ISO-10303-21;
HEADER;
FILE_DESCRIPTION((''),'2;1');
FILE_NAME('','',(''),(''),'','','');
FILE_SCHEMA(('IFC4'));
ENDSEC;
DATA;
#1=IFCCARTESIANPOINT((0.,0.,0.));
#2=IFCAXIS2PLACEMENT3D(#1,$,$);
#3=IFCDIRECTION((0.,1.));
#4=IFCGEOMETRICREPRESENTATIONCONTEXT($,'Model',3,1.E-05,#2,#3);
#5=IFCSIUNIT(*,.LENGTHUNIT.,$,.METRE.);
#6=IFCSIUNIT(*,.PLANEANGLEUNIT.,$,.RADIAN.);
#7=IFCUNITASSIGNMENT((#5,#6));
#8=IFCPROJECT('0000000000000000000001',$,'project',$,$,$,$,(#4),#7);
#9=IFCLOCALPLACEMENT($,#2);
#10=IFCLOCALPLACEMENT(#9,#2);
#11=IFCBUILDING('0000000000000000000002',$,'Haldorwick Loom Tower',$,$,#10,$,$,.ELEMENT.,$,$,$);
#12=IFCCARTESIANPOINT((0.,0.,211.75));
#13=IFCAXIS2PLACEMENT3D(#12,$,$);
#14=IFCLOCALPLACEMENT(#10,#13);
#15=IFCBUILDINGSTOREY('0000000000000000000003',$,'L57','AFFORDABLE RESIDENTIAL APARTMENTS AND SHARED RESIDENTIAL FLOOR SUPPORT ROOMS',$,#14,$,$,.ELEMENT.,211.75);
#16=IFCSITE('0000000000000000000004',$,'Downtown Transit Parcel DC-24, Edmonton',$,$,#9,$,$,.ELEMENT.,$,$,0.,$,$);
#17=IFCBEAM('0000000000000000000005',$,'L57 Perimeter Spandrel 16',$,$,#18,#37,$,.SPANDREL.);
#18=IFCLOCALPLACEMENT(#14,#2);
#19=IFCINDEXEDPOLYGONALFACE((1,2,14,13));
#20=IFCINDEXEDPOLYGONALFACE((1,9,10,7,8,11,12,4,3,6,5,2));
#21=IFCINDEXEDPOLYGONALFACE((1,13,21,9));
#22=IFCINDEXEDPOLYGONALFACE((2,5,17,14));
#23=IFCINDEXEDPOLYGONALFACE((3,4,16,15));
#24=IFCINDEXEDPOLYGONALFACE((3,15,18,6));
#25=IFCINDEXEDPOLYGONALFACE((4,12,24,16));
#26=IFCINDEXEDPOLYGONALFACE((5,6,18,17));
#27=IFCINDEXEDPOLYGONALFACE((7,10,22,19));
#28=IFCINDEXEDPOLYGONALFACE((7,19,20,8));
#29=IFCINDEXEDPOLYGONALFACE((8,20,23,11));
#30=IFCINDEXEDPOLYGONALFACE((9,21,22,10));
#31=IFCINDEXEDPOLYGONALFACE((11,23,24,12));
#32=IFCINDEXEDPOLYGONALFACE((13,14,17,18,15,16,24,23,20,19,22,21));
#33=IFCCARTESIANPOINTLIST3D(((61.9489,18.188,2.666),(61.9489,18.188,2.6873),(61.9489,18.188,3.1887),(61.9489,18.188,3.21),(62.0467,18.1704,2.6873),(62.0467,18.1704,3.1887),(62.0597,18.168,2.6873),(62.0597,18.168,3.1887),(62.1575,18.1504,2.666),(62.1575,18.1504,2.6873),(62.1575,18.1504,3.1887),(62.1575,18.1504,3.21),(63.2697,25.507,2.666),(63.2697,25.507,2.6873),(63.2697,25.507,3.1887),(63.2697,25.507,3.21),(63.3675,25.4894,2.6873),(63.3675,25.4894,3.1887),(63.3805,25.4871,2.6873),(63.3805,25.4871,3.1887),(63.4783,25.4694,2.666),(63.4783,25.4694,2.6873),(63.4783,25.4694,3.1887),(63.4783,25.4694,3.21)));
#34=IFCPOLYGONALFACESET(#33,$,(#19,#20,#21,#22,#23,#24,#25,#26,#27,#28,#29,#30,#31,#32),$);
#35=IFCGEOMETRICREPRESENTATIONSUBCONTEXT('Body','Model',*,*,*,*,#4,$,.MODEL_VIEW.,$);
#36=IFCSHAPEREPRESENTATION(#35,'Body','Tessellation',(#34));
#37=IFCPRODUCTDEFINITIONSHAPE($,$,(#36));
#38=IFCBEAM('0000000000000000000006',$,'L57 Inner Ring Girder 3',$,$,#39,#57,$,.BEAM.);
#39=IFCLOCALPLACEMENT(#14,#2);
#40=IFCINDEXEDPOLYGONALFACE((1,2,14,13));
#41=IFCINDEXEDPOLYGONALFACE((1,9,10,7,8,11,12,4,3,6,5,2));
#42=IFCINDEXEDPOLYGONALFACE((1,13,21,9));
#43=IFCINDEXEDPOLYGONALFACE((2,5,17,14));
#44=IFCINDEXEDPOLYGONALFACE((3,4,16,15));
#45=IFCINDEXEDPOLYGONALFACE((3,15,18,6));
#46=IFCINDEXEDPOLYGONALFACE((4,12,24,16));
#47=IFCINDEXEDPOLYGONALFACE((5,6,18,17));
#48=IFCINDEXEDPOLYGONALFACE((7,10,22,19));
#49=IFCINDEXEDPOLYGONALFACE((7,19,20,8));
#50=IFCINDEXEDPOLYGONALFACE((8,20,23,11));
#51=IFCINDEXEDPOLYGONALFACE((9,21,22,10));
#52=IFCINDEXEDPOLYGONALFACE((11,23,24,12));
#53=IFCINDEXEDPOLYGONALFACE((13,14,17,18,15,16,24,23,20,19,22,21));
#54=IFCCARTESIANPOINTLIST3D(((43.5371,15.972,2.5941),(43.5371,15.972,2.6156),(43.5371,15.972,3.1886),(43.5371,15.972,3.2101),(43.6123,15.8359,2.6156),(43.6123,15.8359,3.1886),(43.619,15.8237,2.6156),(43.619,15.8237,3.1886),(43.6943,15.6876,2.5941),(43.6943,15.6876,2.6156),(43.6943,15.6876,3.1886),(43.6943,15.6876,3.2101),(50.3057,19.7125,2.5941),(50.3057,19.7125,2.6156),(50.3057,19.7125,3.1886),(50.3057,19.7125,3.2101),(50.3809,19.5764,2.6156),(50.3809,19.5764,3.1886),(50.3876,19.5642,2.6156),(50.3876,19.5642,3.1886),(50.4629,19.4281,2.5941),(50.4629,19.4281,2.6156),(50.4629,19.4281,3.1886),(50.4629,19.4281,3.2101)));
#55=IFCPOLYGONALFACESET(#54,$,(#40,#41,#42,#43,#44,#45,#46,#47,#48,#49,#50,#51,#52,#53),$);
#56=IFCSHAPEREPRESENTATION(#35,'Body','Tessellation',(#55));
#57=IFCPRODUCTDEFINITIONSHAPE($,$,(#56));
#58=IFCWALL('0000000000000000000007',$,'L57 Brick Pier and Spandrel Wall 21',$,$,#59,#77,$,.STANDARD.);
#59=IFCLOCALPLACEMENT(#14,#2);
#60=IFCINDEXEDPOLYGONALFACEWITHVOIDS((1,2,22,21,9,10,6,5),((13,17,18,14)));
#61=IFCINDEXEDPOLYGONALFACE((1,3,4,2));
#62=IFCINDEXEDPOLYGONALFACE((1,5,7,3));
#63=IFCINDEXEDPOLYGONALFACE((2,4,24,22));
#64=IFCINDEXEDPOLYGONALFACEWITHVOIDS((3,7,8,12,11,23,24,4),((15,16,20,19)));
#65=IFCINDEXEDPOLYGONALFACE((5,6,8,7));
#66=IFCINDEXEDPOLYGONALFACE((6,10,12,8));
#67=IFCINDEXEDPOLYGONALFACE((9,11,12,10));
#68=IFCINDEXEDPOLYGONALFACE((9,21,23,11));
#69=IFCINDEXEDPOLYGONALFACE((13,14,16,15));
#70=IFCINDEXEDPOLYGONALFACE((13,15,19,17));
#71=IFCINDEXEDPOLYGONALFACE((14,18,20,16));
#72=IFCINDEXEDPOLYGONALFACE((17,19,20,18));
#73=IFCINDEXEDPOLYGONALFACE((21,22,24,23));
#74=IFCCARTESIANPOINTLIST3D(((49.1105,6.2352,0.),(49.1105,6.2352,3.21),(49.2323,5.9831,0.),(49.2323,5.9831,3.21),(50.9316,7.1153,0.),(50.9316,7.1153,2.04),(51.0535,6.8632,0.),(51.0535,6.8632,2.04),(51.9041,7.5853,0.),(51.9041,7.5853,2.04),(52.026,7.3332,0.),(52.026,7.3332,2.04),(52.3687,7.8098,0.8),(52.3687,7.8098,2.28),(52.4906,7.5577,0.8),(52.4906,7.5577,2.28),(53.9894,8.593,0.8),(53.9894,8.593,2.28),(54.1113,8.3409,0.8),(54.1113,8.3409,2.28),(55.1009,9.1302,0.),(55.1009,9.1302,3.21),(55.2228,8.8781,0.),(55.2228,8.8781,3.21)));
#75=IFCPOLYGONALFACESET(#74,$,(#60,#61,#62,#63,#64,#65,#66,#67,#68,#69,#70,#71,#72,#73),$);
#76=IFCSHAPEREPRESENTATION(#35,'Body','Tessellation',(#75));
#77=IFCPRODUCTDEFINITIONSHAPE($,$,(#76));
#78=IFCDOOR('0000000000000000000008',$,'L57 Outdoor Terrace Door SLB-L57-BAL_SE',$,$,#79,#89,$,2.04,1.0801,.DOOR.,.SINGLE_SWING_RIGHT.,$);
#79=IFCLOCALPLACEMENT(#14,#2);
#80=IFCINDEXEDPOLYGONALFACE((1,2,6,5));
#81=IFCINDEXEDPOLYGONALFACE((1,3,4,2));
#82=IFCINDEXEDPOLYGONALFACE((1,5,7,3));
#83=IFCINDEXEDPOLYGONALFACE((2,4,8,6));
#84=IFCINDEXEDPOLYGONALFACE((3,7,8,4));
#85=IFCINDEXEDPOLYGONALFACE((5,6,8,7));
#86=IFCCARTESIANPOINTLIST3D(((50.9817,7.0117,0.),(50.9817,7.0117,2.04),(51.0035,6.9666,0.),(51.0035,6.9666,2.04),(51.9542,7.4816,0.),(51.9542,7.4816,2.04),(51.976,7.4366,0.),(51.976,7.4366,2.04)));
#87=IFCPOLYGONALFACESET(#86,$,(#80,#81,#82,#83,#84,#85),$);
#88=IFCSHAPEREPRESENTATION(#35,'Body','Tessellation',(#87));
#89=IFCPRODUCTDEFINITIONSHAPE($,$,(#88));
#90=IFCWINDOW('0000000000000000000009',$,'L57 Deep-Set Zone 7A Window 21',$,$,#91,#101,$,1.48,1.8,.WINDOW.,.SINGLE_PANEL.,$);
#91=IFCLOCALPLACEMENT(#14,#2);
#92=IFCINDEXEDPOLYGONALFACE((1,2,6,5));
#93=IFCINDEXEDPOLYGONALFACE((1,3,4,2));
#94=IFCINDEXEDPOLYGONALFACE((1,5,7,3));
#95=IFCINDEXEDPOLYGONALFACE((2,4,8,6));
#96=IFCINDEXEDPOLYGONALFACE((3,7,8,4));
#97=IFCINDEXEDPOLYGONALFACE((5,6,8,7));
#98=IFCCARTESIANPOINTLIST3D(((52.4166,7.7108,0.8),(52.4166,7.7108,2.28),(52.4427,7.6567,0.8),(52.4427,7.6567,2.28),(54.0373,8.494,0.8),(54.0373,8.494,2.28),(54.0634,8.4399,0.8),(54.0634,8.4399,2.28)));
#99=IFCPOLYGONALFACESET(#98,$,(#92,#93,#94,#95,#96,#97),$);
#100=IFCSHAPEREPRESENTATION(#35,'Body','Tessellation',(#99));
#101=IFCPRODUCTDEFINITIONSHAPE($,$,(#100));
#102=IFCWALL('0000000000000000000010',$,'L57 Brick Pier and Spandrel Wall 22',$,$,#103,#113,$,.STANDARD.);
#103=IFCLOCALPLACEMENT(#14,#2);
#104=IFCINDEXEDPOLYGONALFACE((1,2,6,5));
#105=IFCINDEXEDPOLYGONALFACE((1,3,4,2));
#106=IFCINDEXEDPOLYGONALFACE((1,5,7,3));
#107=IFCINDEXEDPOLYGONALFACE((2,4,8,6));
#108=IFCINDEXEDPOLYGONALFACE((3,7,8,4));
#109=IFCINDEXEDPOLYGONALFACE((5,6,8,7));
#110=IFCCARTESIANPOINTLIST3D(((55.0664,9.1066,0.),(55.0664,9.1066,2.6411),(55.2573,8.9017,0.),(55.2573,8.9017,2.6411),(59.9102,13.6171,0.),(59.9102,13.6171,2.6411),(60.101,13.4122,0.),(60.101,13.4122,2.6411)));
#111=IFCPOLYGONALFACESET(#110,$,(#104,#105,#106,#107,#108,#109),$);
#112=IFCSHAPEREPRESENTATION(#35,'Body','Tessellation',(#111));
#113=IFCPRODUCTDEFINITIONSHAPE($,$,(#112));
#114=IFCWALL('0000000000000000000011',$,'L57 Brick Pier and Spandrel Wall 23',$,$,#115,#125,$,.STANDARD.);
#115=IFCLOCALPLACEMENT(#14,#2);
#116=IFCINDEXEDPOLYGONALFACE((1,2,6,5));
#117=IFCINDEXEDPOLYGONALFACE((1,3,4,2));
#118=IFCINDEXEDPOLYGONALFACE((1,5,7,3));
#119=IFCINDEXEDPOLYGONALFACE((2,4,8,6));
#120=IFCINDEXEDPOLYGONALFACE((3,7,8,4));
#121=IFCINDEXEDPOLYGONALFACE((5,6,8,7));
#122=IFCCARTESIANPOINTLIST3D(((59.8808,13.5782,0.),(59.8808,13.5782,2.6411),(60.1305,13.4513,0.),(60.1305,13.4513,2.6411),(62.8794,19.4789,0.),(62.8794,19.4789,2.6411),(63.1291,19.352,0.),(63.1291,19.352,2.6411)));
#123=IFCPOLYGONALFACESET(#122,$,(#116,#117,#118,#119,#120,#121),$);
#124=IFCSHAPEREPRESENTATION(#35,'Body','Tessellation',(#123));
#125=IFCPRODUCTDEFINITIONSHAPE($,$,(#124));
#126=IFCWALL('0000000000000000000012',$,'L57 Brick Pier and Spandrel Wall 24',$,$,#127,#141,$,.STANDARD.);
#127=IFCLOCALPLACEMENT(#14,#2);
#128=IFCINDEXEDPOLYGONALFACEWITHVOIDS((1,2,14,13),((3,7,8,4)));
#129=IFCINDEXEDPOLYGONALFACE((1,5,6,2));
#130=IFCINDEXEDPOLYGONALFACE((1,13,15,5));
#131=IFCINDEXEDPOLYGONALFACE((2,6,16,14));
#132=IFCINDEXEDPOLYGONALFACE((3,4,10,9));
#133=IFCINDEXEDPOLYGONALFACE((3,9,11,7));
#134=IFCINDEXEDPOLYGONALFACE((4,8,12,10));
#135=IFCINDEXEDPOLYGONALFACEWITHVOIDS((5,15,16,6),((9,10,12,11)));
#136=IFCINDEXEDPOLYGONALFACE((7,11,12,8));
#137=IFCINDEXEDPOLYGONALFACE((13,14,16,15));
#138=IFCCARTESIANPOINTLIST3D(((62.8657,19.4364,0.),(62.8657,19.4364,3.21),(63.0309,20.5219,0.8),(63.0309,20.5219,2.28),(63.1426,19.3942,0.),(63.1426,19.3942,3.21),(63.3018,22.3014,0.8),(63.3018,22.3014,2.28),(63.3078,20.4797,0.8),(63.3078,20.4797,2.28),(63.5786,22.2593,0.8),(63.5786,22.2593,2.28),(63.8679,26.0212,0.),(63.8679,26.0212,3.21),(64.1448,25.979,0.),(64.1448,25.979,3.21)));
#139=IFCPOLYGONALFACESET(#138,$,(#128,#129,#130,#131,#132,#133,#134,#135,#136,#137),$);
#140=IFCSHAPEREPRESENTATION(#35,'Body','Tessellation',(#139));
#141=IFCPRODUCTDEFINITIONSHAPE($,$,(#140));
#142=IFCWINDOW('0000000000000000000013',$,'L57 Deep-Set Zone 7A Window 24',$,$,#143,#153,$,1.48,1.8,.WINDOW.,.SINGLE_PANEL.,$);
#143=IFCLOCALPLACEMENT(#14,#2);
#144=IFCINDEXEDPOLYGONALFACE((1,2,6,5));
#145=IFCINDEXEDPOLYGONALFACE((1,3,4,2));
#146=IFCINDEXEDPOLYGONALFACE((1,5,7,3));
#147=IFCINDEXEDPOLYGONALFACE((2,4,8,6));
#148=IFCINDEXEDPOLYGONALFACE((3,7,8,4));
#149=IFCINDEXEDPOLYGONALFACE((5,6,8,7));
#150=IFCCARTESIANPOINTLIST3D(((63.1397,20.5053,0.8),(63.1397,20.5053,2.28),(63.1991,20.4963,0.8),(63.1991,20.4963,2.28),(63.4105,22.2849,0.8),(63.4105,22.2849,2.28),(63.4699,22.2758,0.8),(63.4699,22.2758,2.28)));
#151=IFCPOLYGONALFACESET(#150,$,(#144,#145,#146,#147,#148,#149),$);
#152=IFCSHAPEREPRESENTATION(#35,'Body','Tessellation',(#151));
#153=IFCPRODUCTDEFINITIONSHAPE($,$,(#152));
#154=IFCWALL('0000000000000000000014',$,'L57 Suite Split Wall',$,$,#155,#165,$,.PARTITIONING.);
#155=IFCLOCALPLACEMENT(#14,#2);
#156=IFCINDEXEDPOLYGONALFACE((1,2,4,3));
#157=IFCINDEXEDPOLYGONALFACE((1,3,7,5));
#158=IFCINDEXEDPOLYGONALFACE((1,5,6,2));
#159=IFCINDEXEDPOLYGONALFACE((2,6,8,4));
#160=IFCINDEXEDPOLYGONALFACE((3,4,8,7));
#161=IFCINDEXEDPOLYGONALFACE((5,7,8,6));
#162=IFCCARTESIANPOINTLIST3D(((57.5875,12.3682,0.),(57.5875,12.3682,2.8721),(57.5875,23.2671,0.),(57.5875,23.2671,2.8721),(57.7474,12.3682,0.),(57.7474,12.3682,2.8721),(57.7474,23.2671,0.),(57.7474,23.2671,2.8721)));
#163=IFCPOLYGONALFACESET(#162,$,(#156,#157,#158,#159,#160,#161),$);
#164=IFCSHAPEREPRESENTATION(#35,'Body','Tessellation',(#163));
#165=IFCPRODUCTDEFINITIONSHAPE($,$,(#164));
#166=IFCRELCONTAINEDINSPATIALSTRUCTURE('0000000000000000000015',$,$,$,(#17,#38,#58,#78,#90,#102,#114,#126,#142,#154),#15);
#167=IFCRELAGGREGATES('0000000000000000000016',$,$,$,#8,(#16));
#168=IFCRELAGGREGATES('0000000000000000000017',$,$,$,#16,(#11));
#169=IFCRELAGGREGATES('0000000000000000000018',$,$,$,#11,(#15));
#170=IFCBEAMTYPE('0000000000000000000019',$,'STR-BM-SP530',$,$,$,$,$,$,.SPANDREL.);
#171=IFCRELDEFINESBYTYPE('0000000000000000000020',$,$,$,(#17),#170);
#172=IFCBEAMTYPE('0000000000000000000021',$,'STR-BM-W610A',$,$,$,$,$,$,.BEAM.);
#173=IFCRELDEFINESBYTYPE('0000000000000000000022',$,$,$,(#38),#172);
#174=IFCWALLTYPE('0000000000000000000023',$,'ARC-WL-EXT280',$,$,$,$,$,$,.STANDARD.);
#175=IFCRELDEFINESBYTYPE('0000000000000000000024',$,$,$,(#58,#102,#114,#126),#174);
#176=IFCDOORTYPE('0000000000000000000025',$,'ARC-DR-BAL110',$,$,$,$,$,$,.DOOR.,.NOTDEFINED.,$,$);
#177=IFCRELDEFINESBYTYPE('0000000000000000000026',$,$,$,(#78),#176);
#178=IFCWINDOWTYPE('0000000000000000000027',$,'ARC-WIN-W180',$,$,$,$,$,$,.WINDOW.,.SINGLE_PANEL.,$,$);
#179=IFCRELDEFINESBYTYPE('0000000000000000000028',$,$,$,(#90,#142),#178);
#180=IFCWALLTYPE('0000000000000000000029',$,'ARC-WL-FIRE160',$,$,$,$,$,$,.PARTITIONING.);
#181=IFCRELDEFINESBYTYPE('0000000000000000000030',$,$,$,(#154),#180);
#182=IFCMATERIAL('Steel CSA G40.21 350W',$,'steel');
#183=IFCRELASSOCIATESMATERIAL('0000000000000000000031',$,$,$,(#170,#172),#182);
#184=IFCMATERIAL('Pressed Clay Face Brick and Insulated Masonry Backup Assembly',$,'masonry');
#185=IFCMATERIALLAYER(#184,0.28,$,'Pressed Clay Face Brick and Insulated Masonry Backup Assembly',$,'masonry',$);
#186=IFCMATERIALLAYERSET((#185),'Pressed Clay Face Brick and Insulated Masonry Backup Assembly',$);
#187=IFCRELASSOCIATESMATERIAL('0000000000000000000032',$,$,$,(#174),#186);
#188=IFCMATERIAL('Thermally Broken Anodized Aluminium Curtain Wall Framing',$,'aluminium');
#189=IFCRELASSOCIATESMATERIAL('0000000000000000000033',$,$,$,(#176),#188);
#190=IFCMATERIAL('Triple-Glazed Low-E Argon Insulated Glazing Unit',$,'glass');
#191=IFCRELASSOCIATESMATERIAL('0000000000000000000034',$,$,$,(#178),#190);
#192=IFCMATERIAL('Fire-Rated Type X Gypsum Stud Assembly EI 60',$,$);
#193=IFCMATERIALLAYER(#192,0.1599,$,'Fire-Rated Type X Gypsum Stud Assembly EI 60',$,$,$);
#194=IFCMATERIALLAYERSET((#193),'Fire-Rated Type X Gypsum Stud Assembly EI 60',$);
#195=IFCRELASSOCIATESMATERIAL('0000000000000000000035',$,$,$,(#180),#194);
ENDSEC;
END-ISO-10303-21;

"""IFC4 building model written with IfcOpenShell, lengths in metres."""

from ifc_helpers import new_model, si_unit, direction, frame, frame_2d, origin, origin_2d, place, context, subcontext, project, spatial, rectangle, i_section, extrude, material, layer, layer_set, material_profile, profile_set, type_object, element, fill, save


model = new_model("IFC4")

# Units and contexts
model_context = context("Model", 3, precision=1e-05, world=origin(), true_north=direction((0.0, 1.0)))
body_context = subcontext(model_context, "Body", "Model", "MODEL_VIEW")
ifc_project = project(units=[si_unit("LENGTHUNIT", "METRE"), si_unit("PLANEANGLEUNIT", "RADIAN")], contexts=[model_context])

# Site, building, storey
site_placement = place(None, origin())
site = spatial("IfcSite", under=ifc_project, at=site_placement, Name="Downtown Transit Parcel DC-24, Edmonton", CompositionType="ELEMENT", RefElevation=0.0)
building_placement = place(site_placement, origin())
building = spatial("IfcBuilding", under=site, at=building_placement, Name="Haldorwick Loom Tower", CompositionType="ELEMENT")
storey_placement = place(building_placement, frame((0.0, 0.0, 211.75)))
storey = spatial("IfcBuildingStorey", under=building, at=storey_placement, Name="L57", Description="AFFORDABLE RESIDENTIAL APARTMENTS AND SHARED RESIDENTIAL FLOOR SUPPORT ROOMS", CompositionType="ELEMENT", Elevation=211.75)

# Beams
ifc_material_1 = material(Name="Steel CSA G40.21 350W", Category="steel")
ifc_material_profile_1 = material_profile(ifc_material_1, i_section(OverallWidth=0.2119, OverallDepth=0.5439, WebThickness=0.0132, FlangeThickness=0.0212, at=origin_2d()), Name="W530X123", Category="steel")
ifc_profile_set_1 = profile_set([ifc_material_profile_1], Name="Steel CSA G40.21 350W")
beam_type_1 = type_object("IfcBeamType", Name="STR-BM-SP530", PredefinedType="SPANDREL", material=ifc_profile_set_1)
beam_1_placement = place(storey_placement, frame((62.0532, 18.1692, 2.938), z_axis=(0.177591, 0.984104, 0.0), x_axis=(-0.984104, 0.177591, 0.0)))
element("IfcBeam", 1, at=beam_1_placement, inside=storey, type_object=beam_type_1, Name="L57 Perimeter Spandrel 16", PredefinedType="SPANDREL", context=body_context, shape_type="SweptSolid", body=[
    extrude(i_section(OverallWidth=0.2119, OverallDepth=0.5439, WebThickness=0.0132, FlangeThickness=0.0212, at=origin_2d()), origin(), (0.0, 0.0, 1.0), 7.4373),
])
ifc_material_profile_2 = material_profile(ifc_material_1, i_section(OverallWidth=0.325, OverallDepth=0.616, WebThickness=0.0139, FlangeThickness=0.0215, at=origin_2d()), Name="W610X174", Category="steel")
ifc_profile_set_2 = profile_set([ifc_material_profile_2], Name="Steel CSA G40.21 350W")
beam_type_2 = type_object("IfcBeamType", Name="STR-BM-W610A", PredefinedType="BEAM", material=ifc_profile_set_2)
beam_2_placement = place(storey_placement, frame((50.3843, 19.5703, 2.9021), z_axis=(-0.875244, -0.483682, 0.0), x_axis=(0.483682, -0.875244, 0.0)))
element("IfcBeam", 2, at=beam_2_placement, inside=storey, type_object=beam_type_2, Name="L57 Inner Ring Girder 3", PredefinedType="BEAM", context=body_context, shape_type="SweptSolid", body=[
    extrude(i_section(OverallWidth=0.325, OverallDepth=0.616, WebThickness=0.0139, FlangeThickness=0.0215, at=origin_2d()), origin(), (0.0, 0.0, 1.0), 7.7334),
])

# Wall, openings, door, window
ifc_material_2 = material(Name="Pressed Clay Face Brick and Insulated Masonry Backup Assembly", Category="masonry")
ifc_layer_1 = layer(ifc_material_2, 0.28, Name="Pressed Clay Face Brick and Insulated Masonry Backup Assembly", Category="masonry")
ifc_layer_set_1 = layer_set([ifc_layer_1], Name="Pressed Clay Face Brick and Insulated Masonry Backup Assembly")
wall_type_1 = type_object("IfcWallType", Name="ARC-WL-EXT280", PredefinedType="STANDARD", material=ifc_layer_set_1)
wall_1_placement = place(storey_placement, frame((49.1714, 6.1091, 0.0), z_axis=(0.0, 0.0, 1.0), x_axis=(0.900371, 0.435123, 0.0)))
wall_1 = element("IfcWall", 3, at=wall_1_placement, inside=storey, type_object=wall_type_1, Name="L57 Brick Pier and Spandrel Wall 21", PredefinedType="STANDARD", context=body_context, shape_type="SweptSolid", body=[
    extrude(rectangle(XDim=6.6533, YDim=0.28, at=frame_2d((3.3267, 0.0))), origin(), (0.0, 0.0, 1.0), 3.21),
])
opening_1_placement = place(wall_1_placement, frame((2.0227, 0.0, 0.0)))
opening_1 = element("IfcOpeningElement", 4, at=opening_1_placement, cuts=wall_1, PredefinedType="OPENING", context=body_context, shape_type="SweptSolid", body=[
    extrude(rectangle(XDim=1.0801, YDim=2.04, at=frame_2d((0.54, 1.02))), frame((0.0, 0.1499, 0.0), z_axis=(0.0, -1.0, 0.0), x_axis=(1.0, 0.0, 0.0)), (0.0, 0.0, 1.0), 0.3),
])
opening_2_placement = place(wall_1_placement, frame((3.6189, 0.0, 0.8)))
opening_2 = element("IfcOpeningElement", 5, at=opening_2_placement, cuts=wall_1, PredefinedType="OPENING", context=body_context, shape_type="SweptSolid", body=[
    extrude(rectangle(XDim=1.8, YDim=1.48, at=frame_2d((0.8999, 0.74))), frame((0.0, 0.1499, 0.0), z_axis=(0.0, -1.0, 0.0), x_axis=(1.0, 0.0, 0.0)), (0.0, 0.0, 1.0), 0.3),
])
ifc_material_3 = material(Name="Thermally Broken Anodized Aluminium Curtain Wall Framing", Category="aluminium")
door_type = type_object("IfcDoorType", Name="ARC-DR-BAL110", OperationType="NOTDEFINED", PredefinedType="DOOR", material=ifc_material_3)
door_placement = place(opening_1_placement, origin())
door = element("IfcDoor", 6, at=door_placement, inside=storey, type_object=door_type, Name="L57 Outdoor Terrace Door SLB-L57-BAL_SE", OperationType="SINGLE_SWING_RIGHT", OverallHeight=2.04, OverallWidth=1.0801, PredefinedType="DOOR", context=body_context, shape_type="SweptSolid", body=[
    extrude(rectangle(XDim=1.0801, YDim=2.04, at=frame_2d((0.54, 1.02))), frame((0.0, 0.0249, 0.0), z_axis=(0.0, -1.0, 0.0), x_axis=(1.0, 0.0, 0.0)), (0.0, 0.0, 1.0), 0.05),
])
fill(opening_1, door)
ifc_material_4 = material(Name="Triple-Glazed Low-E Argon Insulated Glazing Unit", Category="glass")
window_type = type_object("IfcWindowType", Name="ARC-WIN-W180", PartitioningType="SINGLE_PANEL", PredefinedType="WINDOW", material=ifc_material_4)
window_1_placement = place(opening_2_placement, origin())
window_1 = element("IfcWindow", 7, at=window_1_placement, inside=storey, type_object=window_type, Name="L57 Deep-Set Zone 7A Window 21", OverallHeight=1.48, OverallWidth=1.8, PartitioningType="SINGLE_PANEL", PredefinedType="WINDOW", context=body_context, shape_type="SweptSolid", body=[
    extrude(rectangle(XDim=1.8, YDim=1.48, at=frame_2d((0.8999, 0.74))), frame((0.0, 0.03, 0.0), z_axis=(0.0, -1.0, 0.0), x_axis=(1.0, 0.0, 0.0)), (0.0, 0.0, 1.0), 0.0601),
])
fill(opening_2, window_1)

# Walls
wall_2_placement = place(storey_placement, frame((55.1619, 9.0042, 0.0), z_axis=(0.0, 0.0, 1.0), x_axis=(0.731834, 0.681483, 0.0)))
element("IfcWall", 8, at=wall_2_placement, inside=storey, type_object=wall_type_1, Name="L57 Brick Pier and Spandrel Wall 22", PredefinedType="STANDARD", context=body_context, shape_type="SweptSolid", body=[
    extrude(rectangle(XDim=6.6187, YDim=0.28, at=frame_2d((3.3093, 0.0))), origin(), (0.0, 0.0, 1.0), 2.6411),
])
wall_3_placement = place(storey_placement, frame((60.0056, 13.5146, 0.0), z_axis=(0.0, 0.0, 1.0), x_axis=(0.453032, 0.891494, 0.0)))
element("IfcWall", 9, at=wall_3_placement, inside=storey, type_object=wall_type_1, Name="L57 Brick Pier and Spandrel Wall 23", PredefinedType="STANDARD", context=body_context, shape_type="SweptSolid", body=[
    extrude(rectangle(XDim=6.6189, YDim=0.28, at=frame_2d((3.3096, 0.0))), origin(), (0.0, 0.0, 1.0), 2.6411),
])

# Wall, opening, window
wall_4_placement = place(storey_placement, frame((63.0042, 19.4153, 0.0), z_axis=(0.0, 0.0, 1.0), x_axis=(0.150468, 0.988615, 0.0)))
wall_4 = element("IfcWall", 10, at=wall_4_placement, inside=storey, type_object=wall_type_1, Name="L57 Brick Pier and Spandrel Wall 24", PredefinedType="STANDARD", context=body_context, shape_type="SweptSolid", body=[
    extrude(rectangle(XDim=6.6606, YDim=0.28, at=frame_2d((3.3303, 0.0))), origin(), (0.0, 0.0, 1.0), 3.21),
])
opening_3_placement = place(wall_4_placement, frame((1.0981, 0.0, 0.8)))
opening_3 = element("IfcOpeningElement", 11, at=opening_3_placement, cuts=wall_4, PredefinedType="OPENING", context=body_context, shape_type="SweptSolid", body=[
    extrude(rectangle(XDim=1.8, YDim=1.48, at=frame_2d((0.8999, 0.74))), frame((0.0, 0.1499, 0.0), z_axis=(0.0, -1.0, 0.0), x_axis=(1.0, 0.0, 0.0)), (0.0, 0.0, 1.0), 0.3),
])
window_2_placement = place(opening_3_placement, origin())
window_2 = element("IfcWindow", 12, at=window_2_placement, inside=storey, type_object=window_type, Name="L57 Deep-Set Zone 7A Window 24", OverallHeight=1.48, OverallWidth=1.8, PartitioningType="SINGLE_PANEL", PredefinedType="WINDOW", context=body_context, shape_type="SweptSolid", body=[
    extrude(rectangle(XDim=1.8, YDim=1.48, at=frame_2d((0.8999, 0.74))), frame((0.0, 0.03, 0.0), z_axis=(0.0, -1.0, 0.0), x_axis=(1.0, 0.0, 0.0)), (0.0, 0.0, 1.0), 0.0601),
])
fill(opening_3, window_2)

# Wall
ifc_material_5 = material(Name="Fire-Rated Type X Gypsum Stud Assembly EI 60")
ifc_layer_2 = layer(ifc_material_5, 0.1599, Name="Fire-Rated Type X Gypsum Stud Assembly EI 60")
ifc_layer_set_2 = layer_set([ifc_layer_2], Name="Fire-Rated Type X Gypsum Stud Assembly EI 60")
wall_type_2 = type_object("IfcWallType", Name="ARC-WL-FIRE160", PredefinedType="PARTITIONING", material=ifc_layer_set_2)
wall_5_placement = place(storey_placement, frame((57.6675, 12.3682, 0.0), z_axis=(0.0, 0.0, 1.0), x_axis=(0.0, 1.0, 0.0)))
element("IfcWall", 13, at=wall_5_placement, inside=storey, type_object=wall_type_2, Name="L57 Suite Split Wall", PredefinedType="PARTITIONING", context=body_context, shape_type="SweptSolid", body=[
    extrude(rectangle(XDim=10.8989, YDim=0.1599, at=frame_2d((5.4495, 0.0))), origin(), (0.0, 0.0, 1.0), 2.8721),
])

save(model, "model.ifc")
